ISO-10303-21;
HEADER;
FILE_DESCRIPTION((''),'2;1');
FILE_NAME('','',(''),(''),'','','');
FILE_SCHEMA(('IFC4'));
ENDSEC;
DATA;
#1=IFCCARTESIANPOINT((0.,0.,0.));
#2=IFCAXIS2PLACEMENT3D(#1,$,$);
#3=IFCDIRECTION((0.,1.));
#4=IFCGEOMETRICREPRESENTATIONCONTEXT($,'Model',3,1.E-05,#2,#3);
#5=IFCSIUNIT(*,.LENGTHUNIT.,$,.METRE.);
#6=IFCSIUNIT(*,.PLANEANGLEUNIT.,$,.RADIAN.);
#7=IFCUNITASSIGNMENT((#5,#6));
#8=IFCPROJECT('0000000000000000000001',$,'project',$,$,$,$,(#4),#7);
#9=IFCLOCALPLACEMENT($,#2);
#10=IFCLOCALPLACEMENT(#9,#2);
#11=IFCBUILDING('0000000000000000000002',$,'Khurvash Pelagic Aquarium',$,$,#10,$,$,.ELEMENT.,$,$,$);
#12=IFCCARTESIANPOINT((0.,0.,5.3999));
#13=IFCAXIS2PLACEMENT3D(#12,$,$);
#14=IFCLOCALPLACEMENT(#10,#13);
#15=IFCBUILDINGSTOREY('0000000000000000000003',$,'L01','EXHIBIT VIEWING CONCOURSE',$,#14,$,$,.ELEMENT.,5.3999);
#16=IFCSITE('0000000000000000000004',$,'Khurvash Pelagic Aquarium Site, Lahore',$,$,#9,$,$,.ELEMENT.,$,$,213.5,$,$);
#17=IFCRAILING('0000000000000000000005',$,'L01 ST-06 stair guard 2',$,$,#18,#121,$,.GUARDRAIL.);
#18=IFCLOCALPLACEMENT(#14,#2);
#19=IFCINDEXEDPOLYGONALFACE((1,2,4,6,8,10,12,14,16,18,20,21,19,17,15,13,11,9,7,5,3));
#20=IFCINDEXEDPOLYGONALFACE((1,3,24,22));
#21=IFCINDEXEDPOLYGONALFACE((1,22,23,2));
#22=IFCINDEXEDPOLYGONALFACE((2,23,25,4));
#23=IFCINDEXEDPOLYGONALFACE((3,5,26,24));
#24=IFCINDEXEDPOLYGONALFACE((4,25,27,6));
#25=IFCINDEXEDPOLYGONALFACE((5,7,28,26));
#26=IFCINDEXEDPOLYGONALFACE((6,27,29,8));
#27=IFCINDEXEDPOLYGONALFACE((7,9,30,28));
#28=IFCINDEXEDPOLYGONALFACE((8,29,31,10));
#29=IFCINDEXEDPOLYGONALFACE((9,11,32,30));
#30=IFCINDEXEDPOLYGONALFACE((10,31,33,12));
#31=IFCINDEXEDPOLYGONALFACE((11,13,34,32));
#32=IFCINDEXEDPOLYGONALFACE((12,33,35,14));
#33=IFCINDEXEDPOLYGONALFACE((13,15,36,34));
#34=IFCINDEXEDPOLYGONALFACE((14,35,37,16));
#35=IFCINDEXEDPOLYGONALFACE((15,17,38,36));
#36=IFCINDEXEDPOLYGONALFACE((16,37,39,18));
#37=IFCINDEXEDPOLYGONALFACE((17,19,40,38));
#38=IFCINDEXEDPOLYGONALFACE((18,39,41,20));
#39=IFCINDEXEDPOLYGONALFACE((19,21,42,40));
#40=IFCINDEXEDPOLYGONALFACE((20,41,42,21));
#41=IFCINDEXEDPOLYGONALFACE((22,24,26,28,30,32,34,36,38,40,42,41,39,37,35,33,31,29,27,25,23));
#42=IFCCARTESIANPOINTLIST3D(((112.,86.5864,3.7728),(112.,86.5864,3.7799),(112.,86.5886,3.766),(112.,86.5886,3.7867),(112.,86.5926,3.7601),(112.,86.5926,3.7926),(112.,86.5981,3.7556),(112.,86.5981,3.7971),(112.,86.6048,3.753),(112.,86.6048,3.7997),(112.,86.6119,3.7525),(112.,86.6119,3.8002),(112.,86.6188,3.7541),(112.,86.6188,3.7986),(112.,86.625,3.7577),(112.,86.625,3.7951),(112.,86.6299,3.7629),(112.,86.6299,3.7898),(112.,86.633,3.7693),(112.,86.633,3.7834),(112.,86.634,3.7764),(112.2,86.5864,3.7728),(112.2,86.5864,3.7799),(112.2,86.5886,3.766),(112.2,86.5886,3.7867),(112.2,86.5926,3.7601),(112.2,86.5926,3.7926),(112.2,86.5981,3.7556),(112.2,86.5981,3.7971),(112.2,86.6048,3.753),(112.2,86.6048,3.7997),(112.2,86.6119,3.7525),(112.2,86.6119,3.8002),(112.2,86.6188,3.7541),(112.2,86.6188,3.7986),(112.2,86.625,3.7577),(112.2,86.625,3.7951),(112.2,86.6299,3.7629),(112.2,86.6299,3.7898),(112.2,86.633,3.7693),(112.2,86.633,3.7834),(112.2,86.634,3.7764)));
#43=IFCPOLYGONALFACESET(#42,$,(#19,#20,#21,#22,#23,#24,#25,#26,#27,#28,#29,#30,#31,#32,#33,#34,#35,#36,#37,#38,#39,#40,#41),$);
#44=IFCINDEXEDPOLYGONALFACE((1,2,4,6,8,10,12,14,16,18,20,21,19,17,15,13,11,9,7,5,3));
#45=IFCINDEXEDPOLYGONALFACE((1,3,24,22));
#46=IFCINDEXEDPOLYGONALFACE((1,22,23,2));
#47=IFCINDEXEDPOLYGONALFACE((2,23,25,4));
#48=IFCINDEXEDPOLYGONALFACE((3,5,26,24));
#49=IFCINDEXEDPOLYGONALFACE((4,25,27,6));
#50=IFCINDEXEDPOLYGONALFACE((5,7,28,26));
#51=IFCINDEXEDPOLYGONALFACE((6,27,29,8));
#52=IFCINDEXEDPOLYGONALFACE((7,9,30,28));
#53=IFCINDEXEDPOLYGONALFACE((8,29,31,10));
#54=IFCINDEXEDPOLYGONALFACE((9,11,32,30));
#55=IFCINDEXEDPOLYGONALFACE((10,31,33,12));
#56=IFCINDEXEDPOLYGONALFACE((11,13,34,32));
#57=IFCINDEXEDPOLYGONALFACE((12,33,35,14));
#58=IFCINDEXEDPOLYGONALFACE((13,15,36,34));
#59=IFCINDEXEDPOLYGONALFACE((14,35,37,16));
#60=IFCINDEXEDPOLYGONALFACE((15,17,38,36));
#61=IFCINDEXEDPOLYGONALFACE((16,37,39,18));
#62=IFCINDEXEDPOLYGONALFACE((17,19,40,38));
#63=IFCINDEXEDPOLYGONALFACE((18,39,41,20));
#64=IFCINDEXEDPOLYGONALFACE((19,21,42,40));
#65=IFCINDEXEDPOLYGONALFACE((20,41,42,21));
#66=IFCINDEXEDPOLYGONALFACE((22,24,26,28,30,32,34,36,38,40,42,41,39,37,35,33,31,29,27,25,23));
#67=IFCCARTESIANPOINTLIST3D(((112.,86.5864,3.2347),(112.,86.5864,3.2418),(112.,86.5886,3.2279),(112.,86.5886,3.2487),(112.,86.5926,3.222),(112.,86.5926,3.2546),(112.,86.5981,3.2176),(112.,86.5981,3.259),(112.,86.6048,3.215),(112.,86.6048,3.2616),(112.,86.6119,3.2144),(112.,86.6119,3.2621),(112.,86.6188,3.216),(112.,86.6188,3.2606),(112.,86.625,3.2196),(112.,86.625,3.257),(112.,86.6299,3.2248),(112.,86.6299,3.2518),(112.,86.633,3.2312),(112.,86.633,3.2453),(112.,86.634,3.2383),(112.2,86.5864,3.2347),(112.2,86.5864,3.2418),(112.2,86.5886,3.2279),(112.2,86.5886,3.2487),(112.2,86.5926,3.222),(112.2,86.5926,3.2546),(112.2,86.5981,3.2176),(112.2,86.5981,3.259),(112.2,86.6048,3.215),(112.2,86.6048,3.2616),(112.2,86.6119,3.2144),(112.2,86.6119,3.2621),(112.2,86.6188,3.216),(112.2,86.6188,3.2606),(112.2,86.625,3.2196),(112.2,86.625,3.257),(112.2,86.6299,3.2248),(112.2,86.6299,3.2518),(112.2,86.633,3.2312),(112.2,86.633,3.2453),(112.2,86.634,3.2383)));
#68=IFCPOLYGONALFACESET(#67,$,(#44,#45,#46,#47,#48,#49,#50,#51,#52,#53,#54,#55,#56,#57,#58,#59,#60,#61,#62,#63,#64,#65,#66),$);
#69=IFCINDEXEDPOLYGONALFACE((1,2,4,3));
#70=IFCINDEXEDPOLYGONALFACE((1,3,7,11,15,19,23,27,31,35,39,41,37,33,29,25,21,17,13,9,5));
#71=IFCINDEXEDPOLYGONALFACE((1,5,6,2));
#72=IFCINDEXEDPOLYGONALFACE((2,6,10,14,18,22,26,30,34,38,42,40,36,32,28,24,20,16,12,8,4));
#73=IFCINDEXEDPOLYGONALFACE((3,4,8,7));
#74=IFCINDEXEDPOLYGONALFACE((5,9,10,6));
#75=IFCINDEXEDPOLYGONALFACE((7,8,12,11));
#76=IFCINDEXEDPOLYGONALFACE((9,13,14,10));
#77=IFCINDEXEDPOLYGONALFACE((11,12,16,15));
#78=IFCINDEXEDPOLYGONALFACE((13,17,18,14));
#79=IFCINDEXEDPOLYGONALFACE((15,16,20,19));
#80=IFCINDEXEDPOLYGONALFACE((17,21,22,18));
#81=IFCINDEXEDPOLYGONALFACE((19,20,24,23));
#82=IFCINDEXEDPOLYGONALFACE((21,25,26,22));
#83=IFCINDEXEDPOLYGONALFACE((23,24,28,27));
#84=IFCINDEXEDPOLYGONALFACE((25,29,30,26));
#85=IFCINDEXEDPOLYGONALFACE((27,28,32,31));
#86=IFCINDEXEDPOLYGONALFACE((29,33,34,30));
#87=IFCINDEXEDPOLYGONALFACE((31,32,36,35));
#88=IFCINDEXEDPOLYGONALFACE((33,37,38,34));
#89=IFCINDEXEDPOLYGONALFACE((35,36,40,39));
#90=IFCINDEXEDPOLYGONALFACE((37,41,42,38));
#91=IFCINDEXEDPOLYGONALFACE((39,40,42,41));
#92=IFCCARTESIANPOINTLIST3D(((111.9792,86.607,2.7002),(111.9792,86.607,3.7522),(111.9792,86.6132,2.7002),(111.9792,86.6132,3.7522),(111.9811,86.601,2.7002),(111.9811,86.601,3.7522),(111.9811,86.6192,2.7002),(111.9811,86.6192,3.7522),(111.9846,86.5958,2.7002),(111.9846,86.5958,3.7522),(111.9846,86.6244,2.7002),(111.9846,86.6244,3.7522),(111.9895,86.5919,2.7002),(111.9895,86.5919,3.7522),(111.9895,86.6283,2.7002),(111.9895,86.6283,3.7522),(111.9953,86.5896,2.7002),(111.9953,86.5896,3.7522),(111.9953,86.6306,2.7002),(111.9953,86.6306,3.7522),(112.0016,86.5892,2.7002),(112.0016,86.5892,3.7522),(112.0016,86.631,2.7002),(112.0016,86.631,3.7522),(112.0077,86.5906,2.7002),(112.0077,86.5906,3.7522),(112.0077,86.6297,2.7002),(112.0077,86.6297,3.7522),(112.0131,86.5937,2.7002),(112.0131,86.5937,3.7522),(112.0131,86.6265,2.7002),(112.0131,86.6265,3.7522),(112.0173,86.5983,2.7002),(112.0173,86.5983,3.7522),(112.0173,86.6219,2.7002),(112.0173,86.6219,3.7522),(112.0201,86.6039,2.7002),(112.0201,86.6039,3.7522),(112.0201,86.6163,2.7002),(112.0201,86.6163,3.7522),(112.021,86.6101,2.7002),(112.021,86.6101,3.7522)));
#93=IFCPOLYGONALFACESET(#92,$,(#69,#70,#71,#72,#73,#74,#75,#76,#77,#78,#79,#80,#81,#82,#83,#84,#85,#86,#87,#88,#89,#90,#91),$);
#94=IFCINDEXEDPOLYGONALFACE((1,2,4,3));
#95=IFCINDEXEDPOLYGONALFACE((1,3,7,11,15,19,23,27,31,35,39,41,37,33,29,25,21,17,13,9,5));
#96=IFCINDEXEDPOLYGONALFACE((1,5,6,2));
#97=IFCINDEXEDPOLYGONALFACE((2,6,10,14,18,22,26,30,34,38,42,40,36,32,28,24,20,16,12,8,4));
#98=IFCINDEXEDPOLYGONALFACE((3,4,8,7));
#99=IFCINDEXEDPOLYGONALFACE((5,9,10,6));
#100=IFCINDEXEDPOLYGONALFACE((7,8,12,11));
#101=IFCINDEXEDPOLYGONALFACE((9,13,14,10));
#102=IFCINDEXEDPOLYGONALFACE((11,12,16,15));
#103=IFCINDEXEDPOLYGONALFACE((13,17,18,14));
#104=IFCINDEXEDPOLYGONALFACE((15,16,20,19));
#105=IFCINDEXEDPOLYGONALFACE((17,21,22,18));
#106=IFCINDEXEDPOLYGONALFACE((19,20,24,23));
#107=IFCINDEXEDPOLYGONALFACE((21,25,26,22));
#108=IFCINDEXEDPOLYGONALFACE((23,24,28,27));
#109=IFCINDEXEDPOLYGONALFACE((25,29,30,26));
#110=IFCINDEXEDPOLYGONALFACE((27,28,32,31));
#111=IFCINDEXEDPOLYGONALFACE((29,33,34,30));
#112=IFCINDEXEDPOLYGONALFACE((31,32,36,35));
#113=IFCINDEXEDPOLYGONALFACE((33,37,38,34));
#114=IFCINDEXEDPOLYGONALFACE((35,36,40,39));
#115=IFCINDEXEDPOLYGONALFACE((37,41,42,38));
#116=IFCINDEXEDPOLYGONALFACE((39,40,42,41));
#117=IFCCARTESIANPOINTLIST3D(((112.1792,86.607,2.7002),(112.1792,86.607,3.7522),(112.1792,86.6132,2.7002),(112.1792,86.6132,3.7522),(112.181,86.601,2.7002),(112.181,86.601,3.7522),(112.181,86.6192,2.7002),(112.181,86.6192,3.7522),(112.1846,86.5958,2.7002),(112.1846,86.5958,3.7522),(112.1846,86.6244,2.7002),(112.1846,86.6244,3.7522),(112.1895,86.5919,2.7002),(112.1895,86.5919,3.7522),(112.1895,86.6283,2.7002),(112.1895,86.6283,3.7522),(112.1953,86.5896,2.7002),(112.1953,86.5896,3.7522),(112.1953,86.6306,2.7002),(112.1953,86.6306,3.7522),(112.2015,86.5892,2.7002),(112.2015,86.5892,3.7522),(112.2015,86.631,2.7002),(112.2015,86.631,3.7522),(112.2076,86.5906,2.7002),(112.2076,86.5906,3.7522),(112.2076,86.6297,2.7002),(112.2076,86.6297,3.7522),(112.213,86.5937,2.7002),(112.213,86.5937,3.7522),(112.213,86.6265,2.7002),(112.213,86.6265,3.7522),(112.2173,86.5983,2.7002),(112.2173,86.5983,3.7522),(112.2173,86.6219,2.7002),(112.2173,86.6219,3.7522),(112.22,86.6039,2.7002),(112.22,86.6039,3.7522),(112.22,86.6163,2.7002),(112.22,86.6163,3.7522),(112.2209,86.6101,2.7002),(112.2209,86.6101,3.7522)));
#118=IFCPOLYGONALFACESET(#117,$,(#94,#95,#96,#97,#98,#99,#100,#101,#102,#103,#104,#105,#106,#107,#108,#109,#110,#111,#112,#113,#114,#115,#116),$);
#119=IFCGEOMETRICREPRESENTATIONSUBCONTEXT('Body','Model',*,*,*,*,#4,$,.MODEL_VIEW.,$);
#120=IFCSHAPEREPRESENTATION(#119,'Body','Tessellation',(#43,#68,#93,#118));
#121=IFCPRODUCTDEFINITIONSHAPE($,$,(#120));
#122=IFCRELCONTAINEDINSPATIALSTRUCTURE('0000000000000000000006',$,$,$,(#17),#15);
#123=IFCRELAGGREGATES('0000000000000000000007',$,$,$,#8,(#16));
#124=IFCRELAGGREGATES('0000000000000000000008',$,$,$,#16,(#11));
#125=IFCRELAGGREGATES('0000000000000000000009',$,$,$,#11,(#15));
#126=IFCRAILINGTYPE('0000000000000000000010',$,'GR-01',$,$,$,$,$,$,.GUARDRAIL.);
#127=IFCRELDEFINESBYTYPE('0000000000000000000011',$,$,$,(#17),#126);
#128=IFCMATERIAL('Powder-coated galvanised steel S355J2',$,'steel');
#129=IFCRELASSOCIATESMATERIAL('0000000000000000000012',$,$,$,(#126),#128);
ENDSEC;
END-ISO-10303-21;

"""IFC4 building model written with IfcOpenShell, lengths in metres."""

from ifc_helpers import new_model, si_unit, direction, frame, origin, origin_2d, place, context, subcontext, project, spatial, circle, extrude, material, type_object, element, save


model = new_model("IFC4")

# Units and contexts
model_context = context("Model", 3, precision=1e-05, world=origin(), true_north=direction((0.0, 1.0)))
body_context = subcontext(model_context, "Body", "Model", "MODEL_VIEW")
ifc_project = project(units=[si_unit("LENGTHUNIT", "METRE"), si_unit("PLANEANGLEUNIT", "RADIAN")], contexts=[model_context])

# Site, building, storey
site_placement = place(None, origin())
site = spatial("IfcSite", under=ifc_project, at=site_placement, Name="Khurvash Pelagic Aquarium Site, Lahore", CompositionType="ELEMENT", RefElevation=213.5)
building_placement = place(site_placement, origin())
building = spatial("IfcBuilding", under=site, at=building_placement, Name="Khurvash Pelagic Aquarium", CompositionType="ELEMENT")
storey_placement = place(building_placement, frame((0.0, 0.0, 5.3999)))
storey = spatial("IfcBuildingStorey", under=building, at=storey_placement, Name="L01", Description="EXHIBIT VIEWING CONCOURSE", CompositionType="ELEMENT", Elevation=5.3999)

# Railing
ifc_material_1 = material(Name="Powder-coated galvanised steel S355J2", Category="steel")
railing_type_1 = type_object("IfcRailingType", Name="GR-01", PredefinedType="GUARDRAIL", material=ifc_material_1)
railing_1_placement = place(storey_placement, frame((112.0, 86.6101, 2.7002)))
element("IfcRailing", 1, at=railing_1_placement, inside=storey, type_object=railing_type_1, Name="L01 ST-06 stair guard 2", PredefinedType="GUARDRAIL", context=body_context, shape_type="SweptSolid", body=[
    extrude(circle(Radius=0.0239, at=origin_2d()), frame((0.0, 0.0, 1.0762), z_axis=(1.0, 0.0, 0.0), x_axis=(0.0, 1.0, 0.0)), (0.0, 0.0, 1.0), 0.2),
    extrude(circle(Radius=0.0239, at=origin_2d()), frame((0.0, 0.0, 0.5381), z_axis=(1.0, 0.0, 0.0), x_axis=(0.0, 1.0, 0.0)), (0.0, 0.0, 1.0), 0.2),
    extrude(circle(Radius=0.021, at=origin_2d()), origin(), (0.0, 0.0, 1.0), 1.052),
    extrude(circle(Radius=0.021, at=origin_2d()), frame((0.2, 0.0, 0.0)), (0.0, 0.0, 1.0), 1.052),
])

save(model, "model.ifc")
